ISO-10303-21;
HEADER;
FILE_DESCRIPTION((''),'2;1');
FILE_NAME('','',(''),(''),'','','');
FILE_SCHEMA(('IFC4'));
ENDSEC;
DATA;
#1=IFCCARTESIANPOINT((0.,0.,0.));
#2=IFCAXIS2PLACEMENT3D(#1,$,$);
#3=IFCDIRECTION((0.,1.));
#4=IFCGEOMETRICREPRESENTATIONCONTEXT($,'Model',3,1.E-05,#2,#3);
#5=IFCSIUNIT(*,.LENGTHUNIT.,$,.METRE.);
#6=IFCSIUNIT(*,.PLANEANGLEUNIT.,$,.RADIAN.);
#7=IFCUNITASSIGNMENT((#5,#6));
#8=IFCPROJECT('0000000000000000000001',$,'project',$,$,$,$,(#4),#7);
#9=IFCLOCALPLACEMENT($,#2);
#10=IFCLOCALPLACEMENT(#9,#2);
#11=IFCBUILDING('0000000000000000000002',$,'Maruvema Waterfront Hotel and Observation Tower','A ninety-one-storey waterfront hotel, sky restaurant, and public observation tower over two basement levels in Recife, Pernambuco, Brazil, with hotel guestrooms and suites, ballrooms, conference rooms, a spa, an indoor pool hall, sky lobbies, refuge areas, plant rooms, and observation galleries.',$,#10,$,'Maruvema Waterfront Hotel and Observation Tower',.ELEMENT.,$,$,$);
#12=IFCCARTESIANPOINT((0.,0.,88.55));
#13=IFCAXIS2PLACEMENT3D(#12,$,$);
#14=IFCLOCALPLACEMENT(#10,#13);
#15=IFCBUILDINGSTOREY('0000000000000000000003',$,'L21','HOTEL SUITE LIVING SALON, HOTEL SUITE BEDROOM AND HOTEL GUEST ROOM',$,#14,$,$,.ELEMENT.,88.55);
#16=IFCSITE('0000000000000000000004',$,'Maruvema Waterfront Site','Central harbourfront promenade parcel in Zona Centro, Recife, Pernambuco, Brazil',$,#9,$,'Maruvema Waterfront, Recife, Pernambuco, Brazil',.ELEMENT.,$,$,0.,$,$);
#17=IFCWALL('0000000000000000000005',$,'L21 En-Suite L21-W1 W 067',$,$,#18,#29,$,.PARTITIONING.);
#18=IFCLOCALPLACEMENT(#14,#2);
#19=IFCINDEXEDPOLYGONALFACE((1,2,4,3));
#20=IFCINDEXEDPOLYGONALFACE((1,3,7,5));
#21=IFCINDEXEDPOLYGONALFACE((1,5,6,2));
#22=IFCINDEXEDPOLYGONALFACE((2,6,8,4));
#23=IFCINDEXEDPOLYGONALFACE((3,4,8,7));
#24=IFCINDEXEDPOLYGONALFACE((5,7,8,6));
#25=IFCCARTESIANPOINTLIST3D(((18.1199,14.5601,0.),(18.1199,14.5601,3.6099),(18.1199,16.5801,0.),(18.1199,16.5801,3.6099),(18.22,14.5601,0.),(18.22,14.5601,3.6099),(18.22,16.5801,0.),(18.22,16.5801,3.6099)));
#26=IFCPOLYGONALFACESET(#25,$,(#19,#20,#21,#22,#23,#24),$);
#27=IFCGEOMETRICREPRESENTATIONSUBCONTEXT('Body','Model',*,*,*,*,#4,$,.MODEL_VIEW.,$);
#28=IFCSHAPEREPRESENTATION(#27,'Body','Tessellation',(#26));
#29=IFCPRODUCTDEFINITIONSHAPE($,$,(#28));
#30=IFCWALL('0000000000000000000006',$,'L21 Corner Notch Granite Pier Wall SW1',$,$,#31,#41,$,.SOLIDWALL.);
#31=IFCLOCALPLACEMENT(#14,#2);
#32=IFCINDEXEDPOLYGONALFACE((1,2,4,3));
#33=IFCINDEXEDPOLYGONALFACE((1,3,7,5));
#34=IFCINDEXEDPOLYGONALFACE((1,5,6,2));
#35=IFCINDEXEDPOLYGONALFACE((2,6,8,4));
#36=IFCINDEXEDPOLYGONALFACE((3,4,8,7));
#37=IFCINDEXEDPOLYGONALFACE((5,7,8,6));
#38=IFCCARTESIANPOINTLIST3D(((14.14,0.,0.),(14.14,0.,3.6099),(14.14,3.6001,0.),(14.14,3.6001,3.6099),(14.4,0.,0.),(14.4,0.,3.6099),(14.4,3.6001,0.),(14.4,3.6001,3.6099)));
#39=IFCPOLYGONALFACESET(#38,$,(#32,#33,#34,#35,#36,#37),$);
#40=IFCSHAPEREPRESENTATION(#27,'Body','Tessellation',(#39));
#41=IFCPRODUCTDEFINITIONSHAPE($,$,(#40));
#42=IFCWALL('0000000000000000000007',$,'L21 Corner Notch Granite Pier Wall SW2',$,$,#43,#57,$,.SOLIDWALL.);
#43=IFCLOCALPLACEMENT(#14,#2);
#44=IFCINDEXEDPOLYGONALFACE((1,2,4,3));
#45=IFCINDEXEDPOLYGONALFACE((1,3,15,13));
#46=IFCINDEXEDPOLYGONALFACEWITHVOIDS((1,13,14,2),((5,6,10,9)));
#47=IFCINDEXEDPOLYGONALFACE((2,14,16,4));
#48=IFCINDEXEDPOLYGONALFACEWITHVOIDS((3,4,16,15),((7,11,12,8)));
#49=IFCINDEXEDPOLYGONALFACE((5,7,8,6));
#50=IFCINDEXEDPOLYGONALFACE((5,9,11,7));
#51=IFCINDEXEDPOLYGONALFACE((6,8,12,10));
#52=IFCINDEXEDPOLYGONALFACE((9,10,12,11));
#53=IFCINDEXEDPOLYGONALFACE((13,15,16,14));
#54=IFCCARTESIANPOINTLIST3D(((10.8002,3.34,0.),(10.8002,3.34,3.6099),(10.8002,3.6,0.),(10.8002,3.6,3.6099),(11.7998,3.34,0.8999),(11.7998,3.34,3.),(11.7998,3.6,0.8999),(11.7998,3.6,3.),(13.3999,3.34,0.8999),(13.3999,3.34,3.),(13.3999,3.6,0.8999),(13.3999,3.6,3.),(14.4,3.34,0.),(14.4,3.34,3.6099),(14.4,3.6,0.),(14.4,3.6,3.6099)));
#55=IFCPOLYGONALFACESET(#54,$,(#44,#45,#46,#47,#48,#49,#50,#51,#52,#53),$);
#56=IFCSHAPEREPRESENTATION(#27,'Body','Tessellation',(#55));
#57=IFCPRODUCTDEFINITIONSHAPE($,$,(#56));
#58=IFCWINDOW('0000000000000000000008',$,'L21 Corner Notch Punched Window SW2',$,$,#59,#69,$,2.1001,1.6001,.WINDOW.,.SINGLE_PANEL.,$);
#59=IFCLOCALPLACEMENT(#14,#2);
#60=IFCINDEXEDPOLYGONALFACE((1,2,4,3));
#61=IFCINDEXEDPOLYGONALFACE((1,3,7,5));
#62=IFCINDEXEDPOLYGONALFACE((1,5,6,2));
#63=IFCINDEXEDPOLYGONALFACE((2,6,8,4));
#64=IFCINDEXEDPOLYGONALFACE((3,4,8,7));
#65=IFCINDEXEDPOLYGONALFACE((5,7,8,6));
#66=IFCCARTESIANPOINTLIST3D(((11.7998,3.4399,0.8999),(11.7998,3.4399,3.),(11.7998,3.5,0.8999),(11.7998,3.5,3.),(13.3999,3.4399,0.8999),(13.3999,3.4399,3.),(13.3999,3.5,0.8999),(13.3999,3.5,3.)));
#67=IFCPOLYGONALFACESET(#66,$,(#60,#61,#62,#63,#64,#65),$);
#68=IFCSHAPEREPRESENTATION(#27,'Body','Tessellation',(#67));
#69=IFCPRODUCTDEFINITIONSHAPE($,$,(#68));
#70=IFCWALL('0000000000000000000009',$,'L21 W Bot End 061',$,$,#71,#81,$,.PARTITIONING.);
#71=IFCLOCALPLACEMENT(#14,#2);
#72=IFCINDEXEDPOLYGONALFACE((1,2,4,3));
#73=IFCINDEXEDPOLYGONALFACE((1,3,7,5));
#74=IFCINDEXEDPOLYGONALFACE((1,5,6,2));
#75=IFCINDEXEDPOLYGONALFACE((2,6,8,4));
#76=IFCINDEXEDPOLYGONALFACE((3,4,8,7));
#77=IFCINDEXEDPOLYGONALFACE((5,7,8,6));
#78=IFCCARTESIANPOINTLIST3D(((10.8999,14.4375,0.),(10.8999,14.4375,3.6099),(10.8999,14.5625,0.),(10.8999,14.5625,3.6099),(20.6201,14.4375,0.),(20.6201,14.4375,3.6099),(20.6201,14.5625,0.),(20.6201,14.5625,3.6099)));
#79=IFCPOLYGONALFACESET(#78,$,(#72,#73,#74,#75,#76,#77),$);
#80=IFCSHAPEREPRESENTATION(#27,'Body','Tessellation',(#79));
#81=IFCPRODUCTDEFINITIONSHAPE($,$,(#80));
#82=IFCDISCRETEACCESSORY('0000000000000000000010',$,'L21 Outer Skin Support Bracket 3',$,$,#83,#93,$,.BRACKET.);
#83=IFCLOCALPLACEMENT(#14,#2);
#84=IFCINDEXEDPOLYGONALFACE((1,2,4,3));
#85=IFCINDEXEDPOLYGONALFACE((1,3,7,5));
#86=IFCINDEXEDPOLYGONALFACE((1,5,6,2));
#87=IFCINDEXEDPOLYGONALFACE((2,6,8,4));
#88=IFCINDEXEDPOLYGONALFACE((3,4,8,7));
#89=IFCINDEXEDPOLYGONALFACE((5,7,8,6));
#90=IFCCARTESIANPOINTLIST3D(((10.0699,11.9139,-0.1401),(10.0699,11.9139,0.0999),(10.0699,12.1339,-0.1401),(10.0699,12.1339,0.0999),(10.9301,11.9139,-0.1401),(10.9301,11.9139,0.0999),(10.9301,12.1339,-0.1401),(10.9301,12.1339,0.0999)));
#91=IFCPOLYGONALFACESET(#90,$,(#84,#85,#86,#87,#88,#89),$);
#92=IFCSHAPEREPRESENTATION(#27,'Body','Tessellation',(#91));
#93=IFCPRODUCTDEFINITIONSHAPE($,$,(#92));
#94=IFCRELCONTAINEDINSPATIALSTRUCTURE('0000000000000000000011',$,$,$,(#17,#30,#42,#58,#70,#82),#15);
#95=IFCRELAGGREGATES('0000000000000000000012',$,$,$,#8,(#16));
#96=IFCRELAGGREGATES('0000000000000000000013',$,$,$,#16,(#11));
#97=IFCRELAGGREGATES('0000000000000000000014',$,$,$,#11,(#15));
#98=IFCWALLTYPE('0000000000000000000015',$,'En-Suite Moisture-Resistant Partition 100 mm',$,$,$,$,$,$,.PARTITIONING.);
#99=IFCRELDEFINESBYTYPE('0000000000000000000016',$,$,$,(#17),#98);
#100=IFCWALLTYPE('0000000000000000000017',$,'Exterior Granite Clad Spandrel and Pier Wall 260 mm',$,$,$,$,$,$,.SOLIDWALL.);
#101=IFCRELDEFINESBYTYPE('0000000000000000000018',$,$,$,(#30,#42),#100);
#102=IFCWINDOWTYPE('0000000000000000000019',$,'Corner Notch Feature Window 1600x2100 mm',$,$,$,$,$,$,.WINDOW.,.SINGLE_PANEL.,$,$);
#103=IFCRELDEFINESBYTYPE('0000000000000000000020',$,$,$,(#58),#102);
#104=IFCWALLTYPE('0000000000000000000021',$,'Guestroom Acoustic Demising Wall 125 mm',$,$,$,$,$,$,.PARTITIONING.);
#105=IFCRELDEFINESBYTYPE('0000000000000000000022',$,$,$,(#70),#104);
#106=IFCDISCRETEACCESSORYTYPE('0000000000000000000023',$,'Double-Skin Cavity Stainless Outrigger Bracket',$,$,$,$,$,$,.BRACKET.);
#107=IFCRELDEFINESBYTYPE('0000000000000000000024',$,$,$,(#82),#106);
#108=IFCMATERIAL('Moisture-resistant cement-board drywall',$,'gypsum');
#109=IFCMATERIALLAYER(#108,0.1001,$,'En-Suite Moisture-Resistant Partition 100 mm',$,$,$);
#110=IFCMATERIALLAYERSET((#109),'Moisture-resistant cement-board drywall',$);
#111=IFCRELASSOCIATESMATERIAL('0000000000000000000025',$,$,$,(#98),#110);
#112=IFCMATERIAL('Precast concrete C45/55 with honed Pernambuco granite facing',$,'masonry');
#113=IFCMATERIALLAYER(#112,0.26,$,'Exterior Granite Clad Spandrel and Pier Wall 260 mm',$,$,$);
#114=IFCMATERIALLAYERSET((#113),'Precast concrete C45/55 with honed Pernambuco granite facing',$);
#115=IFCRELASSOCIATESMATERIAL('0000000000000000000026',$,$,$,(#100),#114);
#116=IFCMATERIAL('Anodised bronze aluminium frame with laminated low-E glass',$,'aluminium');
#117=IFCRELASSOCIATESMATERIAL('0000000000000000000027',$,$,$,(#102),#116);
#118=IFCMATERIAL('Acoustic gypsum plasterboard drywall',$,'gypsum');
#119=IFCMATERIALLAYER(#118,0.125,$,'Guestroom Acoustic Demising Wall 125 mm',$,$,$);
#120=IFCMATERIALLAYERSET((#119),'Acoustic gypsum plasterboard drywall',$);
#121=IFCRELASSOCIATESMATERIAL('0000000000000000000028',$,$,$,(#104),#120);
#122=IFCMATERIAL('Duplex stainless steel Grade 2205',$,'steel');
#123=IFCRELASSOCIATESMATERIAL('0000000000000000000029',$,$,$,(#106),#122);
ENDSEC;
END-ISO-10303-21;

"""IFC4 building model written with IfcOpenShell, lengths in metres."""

from ifc_helpers import new_model, si_unit, direction, frame, frame_2d, origin, origin_2d, place, context, subcontext, project, spatial, rectangle, extrude, material, layer, layer_set, type_object, element, fill, save


model = new_model("IFC4")

# Units and contexts
model_context = context("Model", 3, precision=1e-05, world=origin(), true_north=direction((0.0, 1.0)))
body_context = subcontext(model_context, "Body", "Model", "MODEL_VIEW")
ifc_project = project(units=[si_unit("LENGTHUNIT", "METRE"), si_unit("PLANEANGLEUNIT", "RADIAN")], contexts=[model_context])

# Site, building, storey
site_placement = place(None, origin())
site = spatial("IfcSite", under=ifc_project, at=site_placement, Name="Maruvema Waterfront Site", Description="Central harbourfront promenade parcel in Zona Centro, Recife, Pernambuco, Brazil", LongName="Maruvema Waterfront, Recife, Pernambuco, Brazil", CompositionType="ELEMENT", RefElevation=0.0)
building_placement = place(site_placement, origin())
building = spatial("IfcBuilding", under=site, at=building_placement, Name="Maruvema Waterfront Hotel and Observation Tower", Description="A ninety-one-storey waterfront hotel, sky restaurant, and public observation tower over two basement levels in Recife, Pernambuco, Brazil, with hotel guestrooms and suites, ballrooms, conference rooms, a spa, an indoor pool hall, sky lobbies, refuge areas, plant rooms, and observation galleries.", LongName="Maruvema Waterfront Hotel and Observation Tower", CompositionType="ELEMENT")
storey_placement = place(building_placement, frame((0.0, 0.0, 88.55)))
storey = spatial("IfcBuildingStorey", under=building, at=storey_placement, Name="L21", Description="HOTEL SUITE LIVING SALON, HOTEL SUITE BEDROOM AND HOTEL GUEST ROOM", CompositionType="ELEMENT", Elevation=88.55)

# Walls
ifc_material_1 = material(Name="Moisture-resistant cement-board drywall", Category="gypsum")
ifc_layer_1 = layer(ifc_material_1, 0.1001, Name="En-Suite Moisture-Resistant Partition 100 mm")
ifc_layer_set_1 = layer_set([ifc_layer_1], Name="Moisture-resistant cement-board drywall")
wall_type_1 = type_object("IfcWallType", Name="En-Suite Moisture-Resistant Partition 100 mm", PredefinedType="PARTITIONING", material=ifc_layer_set_1)
wall_1_placement = place(storey_placement, frame((18.1699, 14.5601, 0.0), z_axis=(0.0, 0.0, 1.0), x_axis=(0.0, 1.0, 0.0)))
element("IfcWall", 1, at=wall_1_placement, inside=storey, type_object=wall_type_1, Name="L21 En-Suite L21-W1 W 067", PredefinedType="PARTITIONING", context=body_context, shape_type="SweptSolid", body=[
    extrude(rectangle(XDim=2.02, YDim=0.1001, at=frame_2d((1.01, 0.0))), origin(), (0.0, 0.0, 1.0), 3.6099),
])
ifc_material_2 = material(Name="Precast concrete C45/55 with honed Pernambuco granite facing", Category="masonry")
ifc_layer_2 = layer(ifc_material_2, 0.26, Name="Exterior Granite Clad Spandrel and Pier Wall 260 mm")
ifc_layer_set_2 = layer_set([ifc_layer_2], Name="Precast concrete C45/55 with honed Pernambuco granite facing")
wall_type_2 = type_object("IfcWallType", Name="Exterior Granite Clad Spandrel and Pier Wall 260 mm", PredefinedType="SOLIDWALL", material=ifc_layer_set_2)
wall_2_placement = place(storey_placement, frame((14.27, 0.0, 0.0), z_axis=(0.0, 0.0, 1.0), x_axis=(0.0, 1.0, 0.0)))
element("IfcWall", 2, at=wall_2_placement, inside=storey, type_object=wall_type_2, Name="L21 Corner Notch Granite Pier Wall SW1", PredefinedType="SOLIDWALL", context=body_context, shape_type="SweptSolid", body=[
    extrude(rectangle(XDim=3.6001, YDim=0.26, at=frame_2d((1.8, 0.0))), origin(), (0.0, 0.0, 1.0), 3.6099),
])

# Wall, opening, window
wall_3_placement = place(storey_placement, frame((14.3999, 3.47, 0.0), z_axis=(0.0, 0.0, 1.0), x_axis=(-1.0, 0.0, 0.0)))
wall_3 = element("IfcWall", 3, at=wall_3_placement, inside=storey, type_object=wall_type_2, Name="L21 Corner Notch Granite Pier Wall SW2", PredefinedType="SOLIDWALL", context=body_context, shape_type="SweptSolid", body=[
    extrude(rectangle(XDim=3.5999, YDim=0.26, at=frame_2d((1.7998, 0.0))), origin(), (0.0, 0.0, 1.0), 3.6099),
])
opening_placement = place(wall_3_placement, frame((1.0, 0.0, 0.8999)))
opening = element("IfcOpeningElement", 4, at=opening_placement, cuts=wall_3, PredefinedType="OPENING", context=body_context, shape_type="SweptSolid", body=[
    extrude(rectangle(XDim=1.6001, YDim=2.1001, at=frame_2d((0.8, 1.05))), frame((0.0, 0.1401, 0.0), z_axis=(0.0, -1.0, 0.0), x_axis=(1.0, 0.0, 0.0)), (0.0, 0.0, 1.0), 0.28),
])
ifc_material_3 = material(Name="Anodised bronze aluminium frame with laminated low-E glass", Category="aluminium")
window_type = type_object("IfcWindowType", Name="Corner Notch Feature Window 1600x2100 mm", PartitioningType="SINGLE_PANEL", PredefinedType="WINDOW", material=ifc_material_3)
window_placement = place(opening_placement, origin())
window = element("IfcWindow", 5, at=window_placement, inside=storey, type_object=window_type, Name="L21 Corner Notch Punched Window SW2", OverallHeight=2.1001, OverallWidth=1.6001, PartitioningType="SINGLE_PANEL", PredefinedType="WINDOW", context=body_context, shape_type="SweptSolid", body=[
    extrude(rectangle(XDim=1.6001, YDim=2.1001, at=frame_2d((0.8, 1.05))), frame((0.0, 0.03, 0.0), z_axis=(0.0, -1.0, 0.0), x_axis=(1.0, 0.0, 0.0)), (0.0, 0.0, 1.0), 0.0601),
])
fill(opening, window)

# Wall
ifc_material_4 = material(Name="Acoustic gypsum plasterboard drywall", Category="gypsum")
ifc_layer_3 = layer(ifc_material_4, 0.125, Name="Guestroom Acoustic Demising Wall 125 mm")
ifc_layer_set_3 = layer_set([ifc_layer_3], Name="Acoustic gypsum plasterboard drywall")
wall_type_3 = type_object("IfcWallType", Name="Guestroom Acoustic Demising Wall 125 mm", PredefinedType="PARTITIONING", material=ifc_layer_set_3)
wall_4_placement = place(storey_placement, frame((10.8999, 14.5, 0.0), z_axis=(0.0, 0.0, 1.0), x_axis=(1.0, 0.0, 0.0)))
element("IfcWall", 6, at=wall_4_placement, inside=storey, type_object=wall_type_3, Name="L21 W Bot End 061", PredefinedType="PARTITIONING", context=body_context, shape_type="SweptSolid", body=[
    extrude(rectangle(XDim=9.7202, YDim=0.125, at=frame_2d((4.8601, 0.0))), origin(), (0.0, 0.0, 1.0), 3.6099),
])

# Discrete accessory
ifc_material_5 = material(Name="Duplex stainless steel Grade 2205", Category="steel")
discrete_accessory_type = type_object("IfcDiscreteAccessoryType", Name="Double-Skin Cavity Stainless Outrigger Bracket", PredefinedType="BRACKET", material=ifc_material_5)
discrete_accessory_placement = place(storey_placement, frame((10.5, 12.0239, -0.1401), z_axis=(0.0, 0.0, 1.0), x_axis=(0.0, -1.0, 0.0)))
element("IfcDiscreteAccessory", 7, at=discrete_accessory_placement, inside=storey, type_object=discrete_accessory_type, Name="L21 Outer Skin Support Bracket 3", PredefinedType="BRACKET", context=body_context, shape_type="SweptSolid", body=[
    extrude(rectangle(XDim=0.22, YDim=0.8601, at=origin_2d()), origin(), (0.0, 0.0, 1.0), 0.24),
])

save(model, "model.ifc")
